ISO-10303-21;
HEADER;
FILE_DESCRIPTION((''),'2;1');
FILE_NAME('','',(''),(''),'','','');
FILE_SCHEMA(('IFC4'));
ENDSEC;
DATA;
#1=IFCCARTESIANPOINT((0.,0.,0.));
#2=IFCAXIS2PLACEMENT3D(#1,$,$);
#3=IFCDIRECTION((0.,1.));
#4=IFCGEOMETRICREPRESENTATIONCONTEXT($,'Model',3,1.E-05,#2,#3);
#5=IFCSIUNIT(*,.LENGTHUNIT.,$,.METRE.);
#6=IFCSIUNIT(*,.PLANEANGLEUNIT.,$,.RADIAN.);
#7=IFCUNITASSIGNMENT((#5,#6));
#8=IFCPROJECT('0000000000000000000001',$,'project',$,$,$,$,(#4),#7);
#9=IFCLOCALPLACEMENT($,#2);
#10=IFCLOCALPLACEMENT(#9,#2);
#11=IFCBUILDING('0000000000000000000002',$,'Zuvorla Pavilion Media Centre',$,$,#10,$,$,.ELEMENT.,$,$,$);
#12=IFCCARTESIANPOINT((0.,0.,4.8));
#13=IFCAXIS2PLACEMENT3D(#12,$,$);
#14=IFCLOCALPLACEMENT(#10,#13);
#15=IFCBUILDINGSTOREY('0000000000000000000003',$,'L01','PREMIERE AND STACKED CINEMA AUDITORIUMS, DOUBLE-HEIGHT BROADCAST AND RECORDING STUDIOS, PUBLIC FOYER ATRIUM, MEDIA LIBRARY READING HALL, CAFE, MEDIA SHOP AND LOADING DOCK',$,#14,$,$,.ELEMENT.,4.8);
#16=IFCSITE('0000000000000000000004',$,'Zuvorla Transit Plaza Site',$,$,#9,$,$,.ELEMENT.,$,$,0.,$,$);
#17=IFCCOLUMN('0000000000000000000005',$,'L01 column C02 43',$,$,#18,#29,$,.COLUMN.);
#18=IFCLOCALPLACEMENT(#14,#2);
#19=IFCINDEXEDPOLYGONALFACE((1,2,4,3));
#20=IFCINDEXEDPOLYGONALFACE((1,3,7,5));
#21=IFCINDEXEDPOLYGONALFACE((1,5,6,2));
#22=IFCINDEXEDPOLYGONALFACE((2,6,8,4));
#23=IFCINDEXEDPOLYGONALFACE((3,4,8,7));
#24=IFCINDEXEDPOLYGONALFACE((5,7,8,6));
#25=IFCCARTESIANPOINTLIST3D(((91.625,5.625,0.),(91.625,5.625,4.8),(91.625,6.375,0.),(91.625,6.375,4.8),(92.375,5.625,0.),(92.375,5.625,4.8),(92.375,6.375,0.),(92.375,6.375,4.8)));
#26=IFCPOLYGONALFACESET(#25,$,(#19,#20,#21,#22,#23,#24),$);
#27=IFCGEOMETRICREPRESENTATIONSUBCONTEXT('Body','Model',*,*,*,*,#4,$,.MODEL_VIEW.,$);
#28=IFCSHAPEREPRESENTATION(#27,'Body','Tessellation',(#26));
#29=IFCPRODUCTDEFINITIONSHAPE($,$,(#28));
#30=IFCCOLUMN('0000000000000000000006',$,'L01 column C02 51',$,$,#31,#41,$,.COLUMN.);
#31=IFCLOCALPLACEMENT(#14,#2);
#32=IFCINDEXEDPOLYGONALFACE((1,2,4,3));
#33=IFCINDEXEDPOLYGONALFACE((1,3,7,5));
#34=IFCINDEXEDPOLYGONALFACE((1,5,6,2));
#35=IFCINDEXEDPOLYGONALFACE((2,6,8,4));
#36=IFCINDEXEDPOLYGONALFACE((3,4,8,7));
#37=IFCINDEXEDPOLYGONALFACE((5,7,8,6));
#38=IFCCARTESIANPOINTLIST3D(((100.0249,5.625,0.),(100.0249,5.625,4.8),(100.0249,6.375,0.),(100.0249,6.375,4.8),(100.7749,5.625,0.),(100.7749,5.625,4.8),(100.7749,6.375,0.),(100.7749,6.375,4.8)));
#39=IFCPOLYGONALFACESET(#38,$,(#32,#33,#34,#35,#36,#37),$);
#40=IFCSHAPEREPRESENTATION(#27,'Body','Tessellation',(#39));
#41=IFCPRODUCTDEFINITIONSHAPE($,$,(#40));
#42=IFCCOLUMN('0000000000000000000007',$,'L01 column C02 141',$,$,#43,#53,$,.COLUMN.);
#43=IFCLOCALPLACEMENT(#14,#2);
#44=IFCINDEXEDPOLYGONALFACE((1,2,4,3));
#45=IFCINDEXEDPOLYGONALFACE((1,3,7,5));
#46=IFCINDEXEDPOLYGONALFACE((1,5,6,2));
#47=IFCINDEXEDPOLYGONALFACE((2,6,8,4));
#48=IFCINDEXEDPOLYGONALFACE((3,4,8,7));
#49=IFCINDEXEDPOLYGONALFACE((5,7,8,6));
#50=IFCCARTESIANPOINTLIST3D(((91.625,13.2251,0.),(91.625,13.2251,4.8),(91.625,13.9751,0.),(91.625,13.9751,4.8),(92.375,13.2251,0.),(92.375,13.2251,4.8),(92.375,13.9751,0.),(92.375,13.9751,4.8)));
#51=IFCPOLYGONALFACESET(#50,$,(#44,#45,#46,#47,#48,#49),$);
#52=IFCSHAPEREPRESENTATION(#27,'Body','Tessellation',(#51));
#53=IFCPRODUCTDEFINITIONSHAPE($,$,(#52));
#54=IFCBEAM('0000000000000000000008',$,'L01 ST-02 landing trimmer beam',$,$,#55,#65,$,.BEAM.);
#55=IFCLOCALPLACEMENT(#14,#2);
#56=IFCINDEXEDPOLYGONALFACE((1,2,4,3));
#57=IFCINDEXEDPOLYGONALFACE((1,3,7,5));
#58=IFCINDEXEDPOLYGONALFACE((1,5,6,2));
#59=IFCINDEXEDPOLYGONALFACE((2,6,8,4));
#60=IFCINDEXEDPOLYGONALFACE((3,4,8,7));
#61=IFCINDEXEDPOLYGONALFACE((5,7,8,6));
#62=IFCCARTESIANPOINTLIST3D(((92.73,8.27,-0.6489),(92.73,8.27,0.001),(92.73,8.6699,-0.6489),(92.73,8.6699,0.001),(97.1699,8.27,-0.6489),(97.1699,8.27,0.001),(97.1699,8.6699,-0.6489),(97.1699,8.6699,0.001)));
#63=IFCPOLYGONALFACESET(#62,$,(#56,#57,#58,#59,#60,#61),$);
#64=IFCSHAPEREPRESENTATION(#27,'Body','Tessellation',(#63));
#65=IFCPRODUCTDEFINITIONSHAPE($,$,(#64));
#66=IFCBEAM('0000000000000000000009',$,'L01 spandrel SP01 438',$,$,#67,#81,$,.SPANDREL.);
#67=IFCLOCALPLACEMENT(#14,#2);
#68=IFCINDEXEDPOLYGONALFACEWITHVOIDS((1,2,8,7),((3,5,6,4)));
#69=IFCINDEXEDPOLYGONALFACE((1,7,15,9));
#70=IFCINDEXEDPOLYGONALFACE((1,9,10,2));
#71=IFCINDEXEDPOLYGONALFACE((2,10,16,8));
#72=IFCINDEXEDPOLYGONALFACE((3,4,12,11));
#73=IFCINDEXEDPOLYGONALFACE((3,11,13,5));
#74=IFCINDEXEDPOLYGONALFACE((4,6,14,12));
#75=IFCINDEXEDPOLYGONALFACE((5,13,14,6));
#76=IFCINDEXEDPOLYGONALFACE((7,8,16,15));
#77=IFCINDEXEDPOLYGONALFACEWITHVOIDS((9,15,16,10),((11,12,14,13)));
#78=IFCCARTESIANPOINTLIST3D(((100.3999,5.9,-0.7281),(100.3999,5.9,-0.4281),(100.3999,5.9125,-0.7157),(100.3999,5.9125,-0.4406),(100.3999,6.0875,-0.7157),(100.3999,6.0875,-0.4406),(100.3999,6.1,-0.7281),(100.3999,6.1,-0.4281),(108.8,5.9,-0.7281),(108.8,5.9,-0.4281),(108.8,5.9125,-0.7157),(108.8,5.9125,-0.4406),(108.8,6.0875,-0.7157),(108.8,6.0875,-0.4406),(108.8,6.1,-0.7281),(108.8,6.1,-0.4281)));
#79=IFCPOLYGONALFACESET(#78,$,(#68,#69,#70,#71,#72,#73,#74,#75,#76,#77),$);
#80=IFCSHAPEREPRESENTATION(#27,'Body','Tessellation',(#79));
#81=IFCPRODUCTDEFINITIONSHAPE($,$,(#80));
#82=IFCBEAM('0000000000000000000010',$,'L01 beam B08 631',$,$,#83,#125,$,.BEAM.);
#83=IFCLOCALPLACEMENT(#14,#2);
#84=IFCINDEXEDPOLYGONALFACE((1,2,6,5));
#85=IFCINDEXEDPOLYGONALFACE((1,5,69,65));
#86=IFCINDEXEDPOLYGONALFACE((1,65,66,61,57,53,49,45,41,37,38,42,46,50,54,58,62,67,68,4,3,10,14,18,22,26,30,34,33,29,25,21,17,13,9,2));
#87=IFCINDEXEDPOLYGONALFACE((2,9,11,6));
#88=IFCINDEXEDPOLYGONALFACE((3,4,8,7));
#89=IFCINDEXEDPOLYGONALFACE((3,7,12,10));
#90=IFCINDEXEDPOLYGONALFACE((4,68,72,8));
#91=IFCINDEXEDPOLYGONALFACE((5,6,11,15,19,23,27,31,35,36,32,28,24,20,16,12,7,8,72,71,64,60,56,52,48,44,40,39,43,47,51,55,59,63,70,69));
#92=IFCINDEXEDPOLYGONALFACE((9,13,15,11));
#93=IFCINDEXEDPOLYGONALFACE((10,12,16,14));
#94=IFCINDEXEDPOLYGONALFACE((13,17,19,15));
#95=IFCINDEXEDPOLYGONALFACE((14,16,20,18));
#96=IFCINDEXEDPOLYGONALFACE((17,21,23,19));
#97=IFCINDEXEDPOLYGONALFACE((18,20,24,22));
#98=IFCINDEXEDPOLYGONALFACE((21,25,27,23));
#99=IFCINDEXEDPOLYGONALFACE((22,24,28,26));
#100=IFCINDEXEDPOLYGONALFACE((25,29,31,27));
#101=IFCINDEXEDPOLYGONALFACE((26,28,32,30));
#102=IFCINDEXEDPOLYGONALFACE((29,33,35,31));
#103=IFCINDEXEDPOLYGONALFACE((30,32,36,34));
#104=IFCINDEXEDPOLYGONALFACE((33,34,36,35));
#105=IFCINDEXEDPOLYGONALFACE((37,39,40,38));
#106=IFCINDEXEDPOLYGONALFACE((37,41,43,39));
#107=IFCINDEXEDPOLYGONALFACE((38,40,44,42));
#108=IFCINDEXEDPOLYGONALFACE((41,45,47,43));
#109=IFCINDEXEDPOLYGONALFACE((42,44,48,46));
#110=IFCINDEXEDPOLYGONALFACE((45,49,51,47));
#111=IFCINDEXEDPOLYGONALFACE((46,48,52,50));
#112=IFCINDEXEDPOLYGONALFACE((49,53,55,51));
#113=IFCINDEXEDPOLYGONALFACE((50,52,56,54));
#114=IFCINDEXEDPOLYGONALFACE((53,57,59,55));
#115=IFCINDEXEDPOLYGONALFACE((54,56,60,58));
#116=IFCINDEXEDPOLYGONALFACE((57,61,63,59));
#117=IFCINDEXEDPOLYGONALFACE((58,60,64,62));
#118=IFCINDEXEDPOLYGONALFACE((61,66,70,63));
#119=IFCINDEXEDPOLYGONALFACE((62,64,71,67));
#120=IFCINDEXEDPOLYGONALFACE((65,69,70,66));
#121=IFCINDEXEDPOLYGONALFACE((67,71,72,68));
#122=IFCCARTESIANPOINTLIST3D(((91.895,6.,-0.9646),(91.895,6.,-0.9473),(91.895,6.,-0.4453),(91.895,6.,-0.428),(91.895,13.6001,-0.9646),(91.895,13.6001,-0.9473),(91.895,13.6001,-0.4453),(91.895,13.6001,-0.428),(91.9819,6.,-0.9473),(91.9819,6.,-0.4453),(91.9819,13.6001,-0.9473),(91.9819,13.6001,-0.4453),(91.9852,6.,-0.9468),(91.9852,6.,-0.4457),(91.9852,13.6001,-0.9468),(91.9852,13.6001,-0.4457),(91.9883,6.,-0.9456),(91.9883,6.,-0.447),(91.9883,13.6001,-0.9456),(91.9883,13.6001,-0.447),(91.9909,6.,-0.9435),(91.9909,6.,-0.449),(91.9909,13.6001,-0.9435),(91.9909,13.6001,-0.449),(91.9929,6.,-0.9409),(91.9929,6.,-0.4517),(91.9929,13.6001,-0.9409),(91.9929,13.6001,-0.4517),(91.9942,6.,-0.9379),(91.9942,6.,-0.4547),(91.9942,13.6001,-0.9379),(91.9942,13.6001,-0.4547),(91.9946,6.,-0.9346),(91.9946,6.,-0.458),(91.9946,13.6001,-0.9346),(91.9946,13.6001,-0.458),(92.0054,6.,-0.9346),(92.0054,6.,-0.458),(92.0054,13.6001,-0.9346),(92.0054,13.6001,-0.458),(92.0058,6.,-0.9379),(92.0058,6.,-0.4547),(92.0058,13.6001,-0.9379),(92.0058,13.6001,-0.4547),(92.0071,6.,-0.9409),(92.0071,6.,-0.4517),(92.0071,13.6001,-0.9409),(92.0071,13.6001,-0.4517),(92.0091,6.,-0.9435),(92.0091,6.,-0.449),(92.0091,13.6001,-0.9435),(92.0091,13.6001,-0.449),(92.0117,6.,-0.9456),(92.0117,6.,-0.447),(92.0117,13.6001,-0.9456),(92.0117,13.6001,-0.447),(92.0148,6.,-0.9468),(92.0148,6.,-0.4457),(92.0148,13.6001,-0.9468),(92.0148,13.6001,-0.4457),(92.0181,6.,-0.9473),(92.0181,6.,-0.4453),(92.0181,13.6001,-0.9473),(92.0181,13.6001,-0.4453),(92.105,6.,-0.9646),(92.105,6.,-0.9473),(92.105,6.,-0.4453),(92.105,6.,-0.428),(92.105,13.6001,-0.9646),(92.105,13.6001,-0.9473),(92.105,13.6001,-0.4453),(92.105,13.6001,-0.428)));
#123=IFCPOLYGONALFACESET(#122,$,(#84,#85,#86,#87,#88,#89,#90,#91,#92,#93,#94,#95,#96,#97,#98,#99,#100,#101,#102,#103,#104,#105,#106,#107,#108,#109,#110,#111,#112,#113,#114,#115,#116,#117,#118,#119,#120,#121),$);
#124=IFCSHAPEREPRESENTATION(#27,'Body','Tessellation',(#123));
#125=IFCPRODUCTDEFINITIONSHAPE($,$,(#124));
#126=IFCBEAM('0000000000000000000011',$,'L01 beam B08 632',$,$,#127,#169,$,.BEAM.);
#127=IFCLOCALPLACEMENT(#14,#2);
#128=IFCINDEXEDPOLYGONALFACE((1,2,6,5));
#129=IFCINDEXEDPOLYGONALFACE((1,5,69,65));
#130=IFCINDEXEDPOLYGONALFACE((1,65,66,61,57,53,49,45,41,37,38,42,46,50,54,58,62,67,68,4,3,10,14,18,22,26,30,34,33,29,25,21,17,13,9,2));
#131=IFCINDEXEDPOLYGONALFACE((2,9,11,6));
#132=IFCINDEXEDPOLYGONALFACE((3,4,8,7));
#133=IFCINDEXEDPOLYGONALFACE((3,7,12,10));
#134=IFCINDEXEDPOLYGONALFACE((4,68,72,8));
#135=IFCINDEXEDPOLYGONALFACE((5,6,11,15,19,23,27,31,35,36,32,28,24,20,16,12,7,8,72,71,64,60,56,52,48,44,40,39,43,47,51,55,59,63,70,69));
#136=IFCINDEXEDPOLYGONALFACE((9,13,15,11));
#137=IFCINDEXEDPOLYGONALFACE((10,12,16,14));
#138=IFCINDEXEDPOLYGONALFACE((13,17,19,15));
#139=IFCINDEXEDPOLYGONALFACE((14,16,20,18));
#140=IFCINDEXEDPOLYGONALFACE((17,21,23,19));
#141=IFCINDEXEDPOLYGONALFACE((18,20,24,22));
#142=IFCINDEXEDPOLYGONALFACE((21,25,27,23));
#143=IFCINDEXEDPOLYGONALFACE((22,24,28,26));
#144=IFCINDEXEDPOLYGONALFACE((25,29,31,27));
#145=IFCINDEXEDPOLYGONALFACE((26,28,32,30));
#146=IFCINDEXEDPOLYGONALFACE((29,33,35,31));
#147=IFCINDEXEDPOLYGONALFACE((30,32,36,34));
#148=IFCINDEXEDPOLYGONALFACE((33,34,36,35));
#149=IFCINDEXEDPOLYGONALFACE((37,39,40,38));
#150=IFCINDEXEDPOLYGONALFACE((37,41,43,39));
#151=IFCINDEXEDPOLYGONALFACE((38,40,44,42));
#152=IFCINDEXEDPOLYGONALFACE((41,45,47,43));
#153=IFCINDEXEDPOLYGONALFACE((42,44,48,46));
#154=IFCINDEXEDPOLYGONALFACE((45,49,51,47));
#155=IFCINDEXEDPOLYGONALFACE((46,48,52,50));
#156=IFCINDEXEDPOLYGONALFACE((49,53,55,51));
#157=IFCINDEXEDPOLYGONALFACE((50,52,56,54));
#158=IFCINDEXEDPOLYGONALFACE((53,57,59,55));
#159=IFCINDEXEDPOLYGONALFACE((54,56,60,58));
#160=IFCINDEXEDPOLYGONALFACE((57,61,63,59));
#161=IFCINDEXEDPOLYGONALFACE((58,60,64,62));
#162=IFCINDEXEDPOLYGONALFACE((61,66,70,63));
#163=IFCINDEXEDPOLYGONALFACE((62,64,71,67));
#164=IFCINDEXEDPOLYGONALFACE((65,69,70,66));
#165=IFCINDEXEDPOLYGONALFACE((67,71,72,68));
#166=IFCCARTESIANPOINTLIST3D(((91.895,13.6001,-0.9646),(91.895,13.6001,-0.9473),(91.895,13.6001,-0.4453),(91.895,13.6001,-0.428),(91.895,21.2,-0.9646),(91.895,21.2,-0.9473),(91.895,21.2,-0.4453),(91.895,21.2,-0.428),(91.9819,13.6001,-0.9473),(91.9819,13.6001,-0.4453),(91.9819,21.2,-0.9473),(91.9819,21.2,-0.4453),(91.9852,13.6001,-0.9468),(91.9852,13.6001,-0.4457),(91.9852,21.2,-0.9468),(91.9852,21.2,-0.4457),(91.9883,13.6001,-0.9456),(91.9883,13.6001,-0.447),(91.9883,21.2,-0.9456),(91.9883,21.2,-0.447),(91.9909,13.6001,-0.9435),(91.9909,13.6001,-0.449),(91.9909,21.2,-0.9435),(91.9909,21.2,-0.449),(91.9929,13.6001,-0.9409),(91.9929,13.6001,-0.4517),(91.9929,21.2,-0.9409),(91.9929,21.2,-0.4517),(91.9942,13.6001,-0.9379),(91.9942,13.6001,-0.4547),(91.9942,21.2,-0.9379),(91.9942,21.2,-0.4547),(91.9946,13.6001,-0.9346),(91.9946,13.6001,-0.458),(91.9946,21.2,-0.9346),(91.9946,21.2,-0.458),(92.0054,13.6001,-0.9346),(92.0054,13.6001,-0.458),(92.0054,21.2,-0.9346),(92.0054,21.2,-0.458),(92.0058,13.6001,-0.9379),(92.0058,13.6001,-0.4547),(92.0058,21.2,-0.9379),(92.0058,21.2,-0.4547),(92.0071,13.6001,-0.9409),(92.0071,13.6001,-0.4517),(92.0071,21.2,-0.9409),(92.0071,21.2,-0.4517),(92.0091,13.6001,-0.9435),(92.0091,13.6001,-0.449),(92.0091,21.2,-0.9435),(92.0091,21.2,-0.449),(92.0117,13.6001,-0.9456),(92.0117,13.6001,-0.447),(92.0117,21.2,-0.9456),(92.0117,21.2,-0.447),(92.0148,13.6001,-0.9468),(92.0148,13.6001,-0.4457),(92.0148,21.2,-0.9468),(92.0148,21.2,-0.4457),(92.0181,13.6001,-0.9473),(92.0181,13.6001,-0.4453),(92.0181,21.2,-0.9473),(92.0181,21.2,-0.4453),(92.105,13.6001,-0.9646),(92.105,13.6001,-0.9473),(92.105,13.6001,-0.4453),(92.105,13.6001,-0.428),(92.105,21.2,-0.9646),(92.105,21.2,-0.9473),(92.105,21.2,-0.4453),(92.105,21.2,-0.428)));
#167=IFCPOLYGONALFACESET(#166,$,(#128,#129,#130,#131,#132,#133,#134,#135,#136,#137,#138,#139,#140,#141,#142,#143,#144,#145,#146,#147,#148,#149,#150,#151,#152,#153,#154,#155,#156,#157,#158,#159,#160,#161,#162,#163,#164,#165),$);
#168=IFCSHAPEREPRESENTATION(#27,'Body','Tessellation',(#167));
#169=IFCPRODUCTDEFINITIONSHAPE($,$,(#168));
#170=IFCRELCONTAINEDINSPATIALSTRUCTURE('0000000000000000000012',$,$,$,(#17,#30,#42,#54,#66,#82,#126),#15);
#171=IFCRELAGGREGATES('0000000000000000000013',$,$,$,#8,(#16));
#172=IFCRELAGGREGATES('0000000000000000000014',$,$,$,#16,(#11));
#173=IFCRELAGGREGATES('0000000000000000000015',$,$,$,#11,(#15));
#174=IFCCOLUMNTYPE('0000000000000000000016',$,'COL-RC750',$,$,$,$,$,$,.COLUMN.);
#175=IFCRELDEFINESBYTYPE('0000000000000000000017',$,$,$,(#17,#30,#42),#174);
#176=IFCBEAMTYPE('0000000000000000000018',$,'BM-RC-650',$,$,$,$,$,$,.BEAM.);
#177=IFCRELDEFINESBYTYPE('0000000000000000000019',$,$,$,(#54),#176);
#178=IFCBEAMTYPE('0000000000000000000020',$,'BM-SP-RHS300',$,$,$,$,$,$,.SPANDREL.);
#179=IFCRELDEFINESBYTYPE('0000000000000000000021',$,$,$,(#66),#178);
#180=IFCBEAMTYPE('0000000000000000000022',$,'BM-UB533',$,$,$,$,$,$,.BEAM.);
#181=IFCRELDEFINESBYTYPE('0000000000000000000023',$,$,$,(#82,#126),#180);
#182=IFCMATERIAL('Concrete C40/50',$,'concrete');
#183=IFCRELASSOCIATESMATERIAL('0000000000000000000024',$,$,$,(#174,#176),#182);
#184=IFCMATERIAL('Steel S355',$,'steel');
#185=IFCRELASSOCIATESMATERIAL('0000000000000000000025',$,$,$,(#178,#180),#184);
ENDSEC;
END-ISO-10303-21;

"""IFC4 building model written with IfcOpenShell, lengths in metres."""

from ifc_helpers import new_model, si_unit, direction, frame, origin, origin_2d, place, context, subcontext, project, spatial, rectangle, hollow_rectangle, i_section, extrude, material, material_profile, profile_set, type_object, element, save


model = new_model("IFC4")

# Units and contexts
model_context = context("Model", 3, precision=1e-05, world=origin(), true_north=direction((0.0, 1.0)))
body_context = subcontext(model_context, "Body", "Model", "MODEL_VIEW")
ifc_project = project(units=[si_unit("LENGTHUNIT", "METRE"), si_unit("PLANEANGLEUNIT", "RADIAN")], contexts=[model_context])

# Site, building, storey
site_placement = place(None, origin())
site = spatial("IfcSite", under=ifc_project, at=site_placement, Name="Zuvorla Transit Plaza Site", CompositionType="ELEMENT", RefElevation=0.0)
building_placement = place(site_placement, origin())
building = spatial("IfcBuilding", under=site, at=building_placement, Name="Zuvorla Pavilion Media Centre", CompositionType="ELEMENT")
storey_placement = place(building_placement, frame((0.0, 0.0, 4.8)))
storey = spatial("IfcBuildingStorey", under=building, at=storey_placement, Name="L01", Description="PREMIERE AND STACKED CINEMA AUDITORIUMS, DOUBLE-HEIGHT BROADCAST AND RECORDING STUDIOS, PUBLIC FOYER ATRIUM, MEDIA LIBRARY READING HALL, CAFE, MEDIA SHOP AND LOADING DOCK", CompositionType="ELEMENT", Elevation=4.8)

# Columns
ifc_material_1 = material(Name="Concrete C40/50", Category="concrete")
ifc_material_profile_1 = material_profile(ifc_material_1, rectangle(XDim=0.75, YDim=0.75, at=origin_2d()), Name="RC 750x750")
ifc_profile_set_1 = profile_set([ifc_material_profile_1], Name="Concrete C40/50")
column_type = type_object("IfcColumnType", Name="COL-RC750", PredefinedType="COLUMN", material=ifc_profile_set_1)
for number, where, z_axis, x_axis, name in (
    (1, (92.0, 6.0, 0.0), (0.0, 0.0, 1.0), (1.0, 0.0, 0.0), "L01 column C02 43"),
    (2, (100.3999, 6.0, 0.0), (0.0, 0.0, 1.0), (1.0, 0.0, 0.0), "L01 column C02 51"),
    (3, (92.0, 13.6001, 0.0), (0.0, 0.0, 1.0), (1.0, 0.0, 0.0), "L01 column C02 141"),
):
    element("IfcColumn", number, at=place(storey_placement, frame(where, z_axis=z_axis, x_axis=x_axis)), inside=storey, type_object=column_type, Name=name, PredefinedType="COLUMN", context=body_context, shape_type="SweptSolid", body=[
        extrude(rectangle(XDim=0.75, YDim=0.75, at=origin_2d()), origin(), (0.0, 0.0, 1.0), 4.8),
    ])

# Beams
ifc_material_profile_2 = material_profile(ifc_material_1, rectangle(XDim=0.3999, YDim=0.6499, at=origin_2d()), Name="RC 400x650")
ifc_profile_set_2 = profile_set([ifc_material_profile_2], Name="Concrete C40/50")
beam_type_1 = type_object("IfcBeamType", Name="BM-RC-650", PredefinedType="BEAM", material=ifc_profile_set_2)
beam_1_placement = place(storey_placement, frame((92.73, 8.47, -0.324), z_axis=(1.0, 0.0, 0.0), x_axis=(0.0, 1.0, 0.0)))
element("IfcBeam", 4, at=beam_1_placement, inside=storey, type_object=beam_type_1, Name="L01 ST-02 landing trimmer beam", PredefinedType="BEAM", context=body_context, shape_type="SweptSolid", body=[
    extrude(rectangle(XDim=0.3999, YDim=0.6499, at=origin_2d()), origin(), (0.0, 0.0, 1.0), 4.4399),
])
ifc_material_2 = material(Name="Steel S355", Category="steel")
ifc_material_profile_3 = material_profile(ifc_material_2, hollow_rectangle(XDim=0.2, YDim=0.3, WallThickness=0.0125, at=origin_2d()), Name="RHS 300x200x12.5")
ifc_profile_set_3 = profile_set([ifc_material_profile_3], Name="Steel S355")
beam_type_2 = type_object("IfcBeamType", Name="BM-SP-RHS300", PredefinedType="SPANDREL", material=ifc_profile_set_3)
beam_2_placement = place(storey_placement, frame((100.3999, 6.0, -0.5781), z_axis=(1.0, 0.0, 0.0), x_axis=(0.0, 1.0, 0.0)))
element("IfcBeam", 5, at=beam_2_placement, inside=storey, type_object=beam_type_2, Name="L01 spandrel SP01 438", PredefinedType="SPANDREL", context=body_context, shape_type="SweptSolid", body=[
    extrude(hollow_rectangle(XDim=0.2, YDim=0.3, WallThickness=0.0125, at=origin_2d()), origin(), (0.0, 0.0, 1.0), 8.4001),
])
ifc_material_profile_4 = material_profile(ifc_material_2, i_section(OverallWidth=0.21, OverallDepth=0.5366, WebThickness=0.0107, FlangeThickness=0.0173, FilletRadius=0.0127, at=origin_2d()), Name="UB 533x210x101")
ifc_profile_set_4 = profile_set([ifc_material_profile_4], Name="Steel S355")
beam_type_3 = type_object("IfcBeamType", Name="BM-UB533", PredefinedType="BEAM", material=ifc_profile_set_4)
beam_3_placement = place(storey_placement, frame((92.0, 6.0, -0.6963), z_axis=(0.0, 1.0, 0.0), x_axis=(-1.0, 0.0, 0.0)))
element("IfcBeam", 6, at=beam_3_placement, inside=storey, type_object=beam_type_3, Name="L01 beam B08 631", PredefinedType="BEAM", context=body_context, shape_type="SweptSolid", body=[
    extrude(i_section(OverallWidth=0.21, OverallDepth=0.5366, WebThickness=0.0107, FlangeThickness=0.0173, FilletRadius=0.0127, at=origin_2d()), origin(), (0.0, 0.0, 1.0), 7.6001),
])
beam_4_placement = place(storey_placement, frame((92.0, 13.6001, -0.6963), z_axis=(0.0, 1.0, 0.0), x_axis=(-1.0, 0.0, 0.0)))
element("IfcBeam", 7, at=beam_4_placement, inside=storey, type_object=beam_type_3, Name="L01 beam B08 632", PredefinedType="BEAM", context=body_context, shape_type="SweptSolid", body=[
    extrude(i_section(OverallWidth=0.21, OverallDepth=0.5366, WebThickness=0.0107, FlangeThickness=0.0173, FilletRadius=0.0127, at=origin_2d()), origin(), (0.0, 0.0, 1.0), 7.5999),
])

save(model, "model.ifc")
